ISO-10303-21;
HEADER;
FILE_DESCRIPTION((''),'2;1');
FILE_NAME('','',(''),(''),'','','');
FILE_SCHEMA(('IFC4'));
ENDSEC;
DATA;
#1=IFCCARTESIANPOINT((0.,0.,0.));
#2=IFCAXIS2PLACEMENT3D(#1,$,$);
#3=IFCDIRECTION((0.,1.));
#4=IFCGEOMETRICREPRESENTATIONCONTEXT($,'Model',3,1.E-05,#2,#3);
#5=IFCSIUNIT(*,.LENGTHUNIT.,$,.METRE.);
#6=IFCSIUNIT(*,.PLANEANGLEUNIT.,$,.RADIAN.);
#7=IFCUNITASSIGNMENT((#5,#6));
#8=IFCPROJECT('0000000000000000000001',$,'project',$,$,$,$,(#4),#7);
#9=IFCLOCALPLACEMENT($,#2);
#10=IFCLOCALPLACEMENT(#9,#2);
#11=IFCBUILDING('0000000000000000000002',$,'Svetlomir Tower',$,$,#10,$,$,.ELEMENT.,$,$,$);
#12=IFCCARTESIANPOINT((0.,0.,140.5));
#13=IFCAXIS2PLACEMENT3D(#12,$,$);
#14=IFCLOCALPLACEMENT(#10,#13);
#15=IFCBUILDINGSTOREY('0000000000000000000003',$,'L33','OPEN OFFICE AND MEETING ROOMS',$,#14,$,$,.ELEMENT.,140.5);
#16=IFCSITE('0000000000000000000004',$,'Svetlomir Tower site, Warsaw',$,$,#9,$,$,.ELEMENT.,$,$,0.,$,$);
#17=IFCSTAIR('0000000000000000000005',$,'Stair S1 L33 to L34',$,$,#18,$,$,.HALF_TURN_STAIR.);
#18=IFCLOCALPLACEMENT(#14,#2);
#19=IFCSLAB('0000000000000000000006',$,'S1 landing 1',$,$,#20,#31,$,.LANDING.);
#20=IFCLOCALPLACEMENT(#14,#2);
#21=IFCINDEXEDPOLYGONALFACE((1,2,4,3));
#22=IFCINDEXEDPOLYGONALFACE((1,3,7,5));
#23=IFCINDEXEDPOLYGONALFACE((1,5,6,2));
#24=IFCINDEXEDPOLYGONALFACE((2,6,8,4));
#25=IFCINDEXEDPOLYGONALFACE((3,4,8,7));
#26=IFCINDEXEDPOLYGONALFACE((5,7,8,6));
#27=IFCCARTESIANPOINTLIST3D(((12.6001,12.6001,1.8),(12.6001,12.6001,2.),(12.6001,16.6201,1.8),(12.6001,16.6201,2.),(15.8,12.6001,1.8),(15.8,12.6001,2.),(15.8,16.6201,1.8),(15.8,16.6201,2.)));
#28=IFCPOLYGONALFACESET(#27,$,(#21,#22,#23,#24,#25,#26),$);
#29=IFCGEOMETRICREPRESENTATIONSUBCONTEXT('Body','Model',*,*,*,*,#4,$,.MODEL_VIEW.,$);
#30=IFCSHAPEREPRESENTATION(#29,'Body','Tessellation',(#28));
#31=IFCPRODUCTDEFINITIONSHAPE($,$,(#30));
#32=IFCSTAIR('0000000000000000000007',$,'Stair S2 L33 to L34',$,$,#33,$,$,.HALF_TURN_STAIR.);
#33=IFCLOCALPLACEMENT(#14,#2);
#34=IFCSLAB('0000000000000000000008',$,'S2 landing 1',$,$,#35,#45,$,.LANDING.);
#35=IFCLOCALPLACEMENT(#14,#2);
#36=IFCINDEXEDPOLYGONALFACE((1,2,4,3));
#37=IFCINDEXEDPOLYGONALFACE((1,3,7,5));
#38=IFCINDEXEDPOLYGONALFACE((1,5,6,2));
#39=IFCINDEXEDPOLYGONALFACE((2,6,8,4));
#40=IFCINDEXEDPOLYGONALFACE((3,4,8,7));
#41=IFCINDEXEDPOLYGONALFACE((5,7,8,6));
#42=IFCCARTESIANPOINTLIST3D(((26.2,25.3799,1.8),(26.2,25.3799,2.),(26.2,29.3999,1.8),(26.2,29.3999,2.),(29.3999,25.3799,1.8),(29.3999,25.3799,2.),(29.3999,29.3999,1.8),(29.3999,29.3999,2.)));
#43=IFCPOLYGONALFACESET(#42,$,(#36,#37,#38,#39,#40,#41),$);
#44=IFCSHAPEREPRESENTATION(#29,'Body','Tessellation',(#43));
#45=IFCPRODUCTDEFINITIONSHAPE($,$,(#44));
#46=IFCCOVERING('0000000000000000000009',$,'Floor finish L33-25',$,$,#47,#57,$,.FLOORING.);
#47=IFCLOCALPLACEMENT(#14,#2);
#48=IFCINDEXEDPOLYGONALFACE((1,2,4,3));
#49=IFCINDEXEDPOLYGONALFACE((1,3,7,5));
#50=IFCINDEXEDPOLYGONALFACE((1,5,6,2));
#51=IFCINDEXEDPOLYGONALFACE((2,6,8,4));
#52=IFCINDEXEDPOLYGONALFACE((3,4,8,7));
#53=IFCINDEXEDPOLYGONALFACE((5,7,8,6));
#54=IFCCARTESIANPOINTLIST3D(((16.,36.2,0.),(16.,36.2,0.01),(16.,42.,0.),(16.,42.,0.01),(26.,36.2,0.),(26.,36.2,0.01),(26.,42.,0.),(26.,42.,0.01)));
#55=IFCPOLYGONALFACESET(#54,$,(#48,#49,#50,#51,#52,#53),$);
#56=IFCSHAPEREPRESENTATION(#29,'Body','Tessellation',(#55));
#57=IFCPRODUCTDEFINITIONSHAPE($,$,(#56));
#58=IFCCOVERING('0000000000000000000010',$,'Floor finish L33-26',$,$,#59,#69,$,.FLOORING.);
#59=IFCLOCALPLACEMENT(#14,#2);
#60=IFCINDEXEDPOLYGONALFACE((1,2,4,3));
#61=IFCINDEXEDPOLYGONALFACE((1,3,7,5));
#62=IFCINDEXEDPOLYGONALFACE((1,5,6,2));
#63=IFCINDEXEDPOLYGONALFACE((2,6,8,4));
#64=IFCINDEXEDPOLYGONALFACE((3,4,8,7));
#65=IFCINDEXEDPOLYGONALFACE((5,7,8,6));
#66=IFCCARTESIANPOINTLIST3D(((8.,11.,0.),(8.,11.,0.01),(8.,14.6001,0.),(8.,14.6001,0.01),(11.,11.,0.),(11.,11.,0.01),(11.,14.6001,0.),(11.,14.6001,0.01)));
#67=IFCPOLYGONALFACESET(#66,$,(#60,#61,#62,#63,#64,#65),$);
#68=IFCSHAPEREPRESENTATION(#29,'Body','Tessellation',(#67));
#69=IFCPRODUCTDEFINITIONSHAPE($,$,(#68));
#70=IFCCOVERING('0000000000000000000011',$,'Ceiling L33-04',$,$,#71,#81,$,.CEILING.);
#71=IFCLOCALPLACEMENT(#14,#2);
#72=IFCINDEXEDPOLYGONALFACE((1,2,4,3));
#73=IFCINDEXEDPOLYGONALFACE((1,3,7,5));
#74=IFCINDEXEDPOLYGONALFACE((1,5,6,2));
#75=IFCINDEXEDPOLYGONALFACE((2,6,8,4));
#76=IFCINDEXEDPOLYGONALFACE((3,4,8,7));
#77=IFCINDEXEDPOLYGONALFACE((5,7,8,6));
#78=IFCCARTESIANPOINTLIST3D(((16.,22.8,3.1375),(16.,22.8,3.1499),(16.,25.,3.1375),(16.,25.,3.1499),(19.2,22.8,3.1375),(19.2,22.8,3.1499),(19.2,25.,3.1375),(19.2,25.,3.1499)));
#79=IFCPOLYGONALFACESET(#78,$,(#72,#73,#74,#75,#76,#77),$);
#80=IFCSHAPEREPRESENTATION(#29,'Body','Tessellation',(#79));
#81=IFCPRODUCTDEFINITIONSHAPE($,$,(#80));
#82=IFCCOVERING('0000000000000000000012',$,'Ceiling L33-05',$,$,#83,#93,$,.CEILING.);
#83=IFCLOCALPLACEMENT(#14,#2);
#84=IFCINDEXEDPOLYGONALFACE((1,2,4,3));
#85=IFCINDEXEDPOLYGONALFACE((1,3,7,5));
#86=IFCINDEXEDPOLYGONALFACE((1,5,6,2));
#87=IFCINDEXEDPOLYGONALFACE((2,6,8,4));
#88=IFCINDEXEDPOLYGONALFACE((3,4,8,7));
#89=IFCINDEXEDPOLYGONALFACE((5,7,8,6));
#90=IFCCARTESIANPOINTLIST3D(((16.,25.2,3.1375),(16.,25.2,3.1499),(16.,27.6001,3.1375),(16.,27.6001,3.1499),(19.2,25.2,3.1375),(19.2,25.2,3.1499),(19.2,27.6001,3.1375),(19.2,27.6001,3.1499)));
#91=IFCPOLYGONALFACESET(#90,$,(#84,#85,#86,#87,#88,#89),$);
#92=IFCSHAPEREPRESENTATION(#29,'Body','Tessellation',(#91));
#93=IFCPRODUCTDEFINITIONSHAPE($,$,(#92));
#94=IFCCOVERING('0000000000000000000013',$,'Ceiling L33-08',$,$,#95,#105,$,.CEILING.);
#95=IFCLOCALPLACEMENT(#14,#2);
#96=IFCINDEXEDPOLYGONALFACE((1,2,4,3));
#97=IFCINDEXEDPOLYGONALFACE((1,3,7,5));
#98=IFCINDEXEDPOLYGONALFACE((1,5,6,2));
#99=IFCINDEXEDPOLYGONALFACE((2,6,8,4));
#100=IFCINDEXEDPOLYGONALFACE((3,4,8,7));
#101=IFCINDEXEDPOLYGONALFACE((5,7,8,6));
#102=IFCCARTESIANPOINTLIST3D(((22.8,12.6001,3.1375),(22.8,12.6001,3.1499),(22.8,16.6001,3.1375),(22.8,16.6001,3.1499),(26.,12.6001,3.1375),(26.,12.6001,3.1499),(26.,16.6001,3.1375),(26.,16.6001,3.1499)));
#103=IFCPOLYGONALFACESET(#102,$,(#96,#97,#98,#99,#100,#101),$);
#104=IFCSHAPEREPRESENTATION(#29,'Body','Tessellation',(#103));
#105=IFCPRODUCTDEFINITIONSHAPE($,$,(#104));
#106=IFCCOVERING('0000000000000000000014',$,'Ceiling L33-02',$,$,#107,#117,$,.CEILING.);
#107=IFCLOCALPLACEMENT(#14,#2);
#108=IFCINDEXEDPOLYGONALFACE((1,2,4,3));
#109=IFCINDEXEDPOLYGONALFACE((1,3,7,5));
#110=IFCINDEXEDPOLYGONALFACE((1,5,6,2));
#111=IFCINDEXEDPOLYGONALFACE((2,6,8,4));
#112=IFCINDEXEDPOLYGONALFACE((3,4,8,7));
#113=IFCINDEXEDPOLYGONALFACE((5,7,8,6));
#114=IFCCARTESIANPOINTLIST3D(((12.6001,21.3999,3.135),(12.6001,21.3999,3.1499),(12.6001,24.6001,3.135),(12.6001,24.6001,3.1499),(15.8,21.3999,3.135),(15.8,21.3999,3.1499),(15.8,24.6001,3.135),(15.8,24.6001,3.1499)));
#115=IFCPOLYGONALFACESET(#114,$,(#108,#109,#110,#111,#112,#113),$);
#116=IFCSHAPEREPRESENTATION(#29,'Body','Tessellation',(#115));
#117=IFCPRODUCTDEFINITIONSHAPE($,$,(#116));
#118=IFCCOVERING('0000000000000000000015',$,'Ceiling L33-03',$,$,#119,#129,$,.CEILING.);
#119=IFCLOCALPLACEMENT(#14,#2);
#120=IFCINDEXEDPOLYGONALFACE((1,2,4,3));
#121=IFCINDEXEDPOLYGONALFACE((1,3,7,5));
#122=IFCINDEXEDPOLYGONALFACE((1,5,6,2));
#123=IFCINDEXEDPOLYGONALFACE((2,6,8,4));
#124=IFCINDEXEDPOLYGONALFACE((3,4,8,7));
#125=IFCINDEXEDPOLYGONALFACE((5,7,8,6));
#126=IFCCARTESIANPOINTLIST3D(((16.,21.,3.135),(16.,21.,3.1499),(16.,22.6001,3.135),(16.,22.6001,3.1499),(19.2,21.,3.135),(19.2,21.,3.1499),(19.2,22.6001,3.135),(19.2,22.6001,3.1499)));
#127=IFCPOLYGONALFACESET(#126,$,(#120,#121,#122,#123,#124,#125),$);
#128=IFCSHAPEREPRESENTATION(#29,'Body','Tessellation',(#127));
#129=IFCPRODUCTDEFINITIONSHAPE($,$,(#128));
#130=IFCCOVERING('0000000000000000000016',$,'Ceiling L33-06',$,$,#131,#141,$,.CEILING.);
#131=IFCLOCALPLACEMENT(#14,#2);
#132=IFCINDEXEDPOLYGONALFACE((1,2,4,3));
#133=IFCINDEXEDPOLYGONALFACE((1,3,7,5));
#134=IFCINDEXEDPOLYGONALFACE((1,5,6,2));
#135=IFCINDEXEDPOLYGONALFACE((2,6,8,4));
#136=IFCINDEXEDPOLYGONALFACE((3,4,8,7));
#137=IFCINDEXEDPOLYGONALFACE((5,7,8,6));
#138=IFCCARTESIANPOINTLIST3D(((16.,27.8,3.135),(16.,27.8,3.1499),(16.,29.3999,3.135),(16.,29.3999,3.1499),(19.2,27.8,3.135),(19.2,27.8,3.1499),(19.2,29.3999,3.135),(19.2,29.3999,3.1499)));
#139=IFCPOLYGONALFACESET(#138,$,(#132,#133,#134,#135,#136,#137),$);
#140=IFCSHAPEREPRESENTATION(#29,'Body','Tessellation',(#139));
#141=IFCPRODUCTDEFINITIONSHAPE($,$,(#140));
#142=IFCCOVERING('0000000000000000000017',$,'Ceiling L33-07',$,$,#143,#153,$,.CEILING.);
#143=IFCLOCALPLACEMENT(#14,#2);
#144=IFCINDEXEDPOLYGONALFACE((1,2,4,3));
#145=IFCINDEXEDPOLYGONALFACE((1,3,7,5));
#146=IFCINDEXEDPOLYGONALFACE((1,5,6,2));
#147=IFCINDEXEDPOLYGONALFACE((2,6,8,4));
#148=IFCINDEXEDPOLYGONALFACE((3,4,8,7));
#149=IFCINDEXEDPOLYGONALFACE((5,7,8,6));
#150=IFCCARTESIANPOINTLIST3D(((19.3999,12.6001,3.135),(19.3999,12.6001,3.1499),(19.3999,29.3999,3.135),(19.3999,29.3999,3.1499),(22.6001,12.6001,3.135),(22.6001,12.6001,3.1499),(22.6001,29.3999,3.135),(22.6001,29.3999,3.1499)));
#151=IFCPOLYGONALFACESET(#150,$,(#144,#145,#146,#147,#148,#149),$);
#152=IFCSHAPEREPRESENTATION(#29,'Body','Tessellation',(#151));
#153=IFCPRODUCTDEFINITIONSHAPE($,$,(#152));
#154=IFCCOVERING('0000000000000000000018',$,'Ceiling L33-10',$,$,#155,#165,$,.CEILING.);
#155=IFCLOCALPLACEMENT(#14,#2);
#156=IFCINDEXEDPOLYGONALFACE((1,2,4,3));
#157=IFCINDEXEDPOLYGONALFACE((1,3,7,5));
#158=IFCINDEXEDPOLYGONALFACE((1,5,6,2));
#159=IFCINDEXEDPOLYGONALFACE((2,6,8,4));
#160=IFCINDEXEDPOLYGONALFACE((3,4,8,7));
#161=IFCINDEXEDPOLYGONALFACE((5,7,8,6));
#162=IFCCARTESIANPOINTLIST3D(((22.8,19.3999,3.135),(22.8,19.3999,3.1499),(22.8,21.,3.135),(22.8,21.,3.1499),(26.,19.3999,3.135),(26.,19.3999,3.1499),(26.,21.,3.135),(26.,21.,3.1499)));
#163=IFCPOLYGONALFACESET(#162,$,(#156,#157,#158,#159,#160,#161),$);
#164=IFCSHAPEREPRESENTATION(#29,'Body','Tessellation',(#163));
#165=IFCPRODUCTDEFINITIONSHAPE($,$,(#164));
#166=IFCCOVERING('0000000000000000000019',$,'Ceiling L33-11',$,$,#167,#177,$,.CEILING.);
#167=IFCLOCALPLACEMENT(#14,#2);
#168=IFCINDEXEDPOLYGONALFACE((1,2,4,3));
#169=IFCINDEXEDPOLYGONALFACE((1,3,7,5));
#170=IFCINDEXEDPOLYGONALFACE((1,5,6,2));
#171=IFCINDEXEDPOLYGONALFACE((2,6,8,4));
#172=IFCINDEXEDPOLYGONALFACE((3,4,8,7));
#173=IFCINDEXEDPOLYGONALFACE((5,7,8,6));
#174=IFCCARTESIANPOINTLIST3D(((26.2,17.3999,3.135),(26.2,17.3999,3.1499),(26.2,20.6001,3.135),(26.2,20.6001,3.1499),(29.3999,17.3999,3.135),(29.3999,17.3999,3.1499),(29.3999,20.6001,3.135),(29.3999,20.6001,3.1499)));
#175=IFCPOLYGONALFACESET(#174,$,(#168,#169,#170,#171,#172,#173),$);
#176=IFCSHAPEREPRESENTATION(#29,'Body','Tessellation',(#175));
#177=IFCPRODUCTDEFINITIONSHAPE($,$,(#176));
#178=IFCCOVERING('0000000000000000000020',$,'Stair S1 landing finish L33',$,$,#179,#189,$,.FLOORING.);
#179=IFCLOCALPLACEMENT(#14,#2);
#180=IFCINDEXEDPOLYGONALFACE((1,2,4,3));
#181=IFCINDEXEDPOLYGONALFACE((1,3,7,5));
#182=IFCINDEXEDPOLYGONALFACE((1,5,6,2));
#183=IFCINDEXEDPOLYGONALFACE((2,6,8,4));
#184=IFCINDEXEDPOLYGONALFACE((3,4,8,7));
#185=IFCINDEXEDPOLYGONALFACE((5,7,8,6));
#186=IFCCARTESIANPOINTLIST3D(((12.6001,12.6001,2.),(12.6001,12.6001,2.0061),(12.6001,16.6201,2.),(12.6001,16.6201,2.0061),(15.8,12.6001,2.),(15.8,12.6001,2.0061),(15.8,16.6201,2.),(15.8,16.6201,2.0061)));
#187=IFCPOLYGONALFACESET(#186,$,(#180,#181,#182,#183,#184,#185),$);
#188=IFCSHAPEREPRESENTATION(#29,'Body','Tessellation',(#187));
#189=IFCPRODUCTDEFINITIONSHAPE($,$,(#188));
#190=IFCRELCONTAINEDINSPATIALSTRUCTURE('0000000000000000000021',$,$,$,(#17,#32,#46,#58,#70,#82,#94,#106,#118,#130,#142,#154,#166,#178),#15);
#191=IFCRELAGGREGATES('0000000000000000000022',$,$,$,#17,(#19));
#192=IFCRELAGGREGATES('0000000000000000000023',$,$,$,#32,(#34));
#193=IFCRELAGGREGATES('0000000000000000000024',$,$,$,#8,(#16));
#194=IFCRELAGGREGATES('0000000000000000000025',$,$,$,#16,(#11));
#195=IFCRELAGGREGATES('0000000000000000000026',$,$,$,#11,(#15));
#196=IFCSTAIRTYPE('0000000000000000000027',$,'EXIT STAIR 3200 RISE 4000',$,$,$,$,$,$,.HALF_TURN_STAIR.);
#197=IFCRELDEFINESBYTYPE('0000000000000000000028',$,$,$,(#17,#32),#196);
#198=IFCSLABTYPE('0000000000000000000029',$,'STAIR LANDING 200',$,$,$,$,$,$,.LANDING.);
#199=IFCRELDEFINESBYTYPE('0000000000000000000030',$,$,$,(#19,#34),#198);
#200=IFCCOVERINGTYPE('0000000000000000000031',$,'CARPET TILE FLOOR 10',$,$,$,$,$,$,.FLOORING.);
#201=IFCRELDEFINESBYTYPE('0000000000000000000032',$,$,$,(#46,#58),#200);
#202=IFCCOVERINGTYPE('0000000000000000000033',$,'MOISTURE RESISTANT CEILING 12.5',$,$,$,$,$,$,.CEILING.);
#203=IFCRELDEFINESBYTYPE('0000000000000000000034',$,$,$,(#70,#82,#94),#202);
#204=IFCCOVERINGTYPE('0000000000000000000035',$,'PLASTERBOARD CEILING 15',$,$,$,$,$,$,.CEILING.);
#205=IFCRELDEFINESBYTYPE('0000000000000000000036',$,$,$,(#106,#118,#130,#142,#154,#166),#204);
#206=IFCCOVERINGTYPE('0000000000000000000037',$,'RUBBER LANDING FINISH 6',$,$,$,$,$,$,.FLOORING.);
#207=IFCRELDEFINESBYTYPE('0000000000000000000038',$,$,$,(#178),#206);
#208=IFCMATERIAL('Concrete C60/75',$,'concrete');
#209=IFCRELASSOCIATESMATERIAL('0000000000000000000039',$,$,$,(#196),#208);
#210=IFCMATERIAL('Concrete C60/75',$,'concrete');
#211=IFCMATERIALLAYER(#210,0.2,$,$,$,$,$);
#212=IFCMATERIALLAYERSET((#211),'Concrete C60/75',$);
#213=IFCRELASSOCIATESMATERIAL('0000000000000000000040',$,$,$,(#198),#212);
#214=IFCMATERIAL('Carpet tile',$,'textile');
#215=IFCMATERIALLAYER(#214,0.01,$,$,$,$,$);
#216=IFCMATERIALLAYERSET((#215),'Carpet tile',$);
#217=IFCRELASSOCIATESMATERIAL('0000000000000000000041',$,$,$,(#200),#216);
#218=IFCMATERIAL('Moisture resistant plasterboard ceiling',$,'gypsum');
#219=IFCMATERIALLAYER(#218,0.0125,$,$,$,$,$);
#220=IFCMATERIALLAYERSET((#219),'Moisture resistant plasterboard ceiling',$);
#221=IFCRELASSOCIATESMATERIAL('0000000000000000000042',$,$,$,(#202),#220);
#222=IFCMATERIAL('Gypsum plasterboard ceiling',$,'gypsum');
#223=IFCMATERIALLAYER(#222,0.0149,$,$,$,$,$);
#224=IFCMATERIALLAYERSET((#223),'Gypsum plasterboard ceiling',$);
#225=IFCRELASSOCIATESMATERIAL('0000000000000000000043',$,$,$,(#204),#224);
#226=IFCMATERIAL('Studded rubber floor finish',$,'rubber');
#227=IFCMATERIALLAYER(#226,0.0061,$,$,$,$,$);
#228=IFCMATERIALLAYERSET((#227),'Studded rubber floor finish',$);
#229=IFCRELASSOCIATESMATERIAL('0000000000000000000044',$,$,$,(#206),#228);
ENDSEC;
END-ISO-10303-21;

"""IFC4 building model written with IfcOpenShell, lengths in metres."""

from ifc_helpers import new_model, si_unit, direction, frame, origin, place, context, subcontext, project, spatial, polyline, outline, extrude, material, layer, layer_set, type_object, element, aggregate, save


model = new_model("IFC4")

# Units and contexts
model_context = context("Model", 3, precision=1e-05, world=origin(), true_north=direction((0.0, 1.0)))
body_context = subcontext(model_context, "Body", "Model", "MODEL_VIEW")
ifc_project = project(units=[si_unit("LENGTHUNIT", "METRE"), si_unit("PLANEANGLEUNIT", "RADIAN")], contexts=[model_context])

# Site, building, storey
site_placement = place(None, origin())
site = spatial("IfcSite", under=ifc_project, at=site_placement, Name="Svetlomir Tower site, Warsaw", CompositionType="ELEMENT", RefElevation=0.0)
building_placement = place(site_placement, origin())
building = spatial("IfcBuilding", under=site, at=building_placement, Name="Svetlomir Tower", CompositionType="ELEMENT")
storey_placement = place(building_placement, frame((0.0, 0.0, 140.5)))
storey = spatial("IfcBuildingStorey", under=building, at=storey_placement, Name="L33", Description="OPEN OFFICE AND MEETING ROOMS", CompositionType="ELEMENT", Elevation=140.5)

# Stairs, slabs
ifc_material_1 = material(Name="Concrete C60/75", Category="concrete")
stair_type = type_object("IfcStairType", Name="EXIT STAIR 3200 RISE 4000", PredefinedType="HALF_TURN_STAIR", material=ifc_material_1)
stair_1_placement = place(storey_placement, origin())
stair_1 = element("IfcStair", 1, at=stair_1_placement, inside=storey, type_object=stair_type, Name="Stair S1 L33 to L34", PredefinedType="HALF_TURN_STAIR")
ifc_material_2 = material(Name="Concrete C60/75", Category="concrete")
ifc_layer_1 = layer(ifc_material_2, 0.2)
ifc_layer_set_1 = layer_set([ifc_layer_1], Name="Concrete C60/75")
slab_type = type_object("IfcSlabType", Name="STAIR LANDING 200", PredefinedType="LANDING", material=ifc_layer_set_1)
slab_1_placement = place(storey_placement, frame((0.0, 0.0, 1.8)))
slab_1 = element("IfcSlab", 2, at=slab_1_placement, type_object=slab_type, Name="S1 landing 1", PredefinedType="LANDING", context=body_context, shape_type="SweptSolid", body=[
    extrude(outline(polyline([(12.6001, 12.6001), (15.8, 12.6001), (15.8, 16.6201), (12.6001, 16.6201), (12.6001, 12.6001)])), origin(), (0.0, 0.0, 1.0), 0.2),
])
aggregate(stair_1, [slab_1])
stair_2_placement = place(storey_placement, origin())
stair_2 = element("IfcStair", 3, at=stair_2_placement, inside=storey, type_object=stair_type, Name="Stair S2 L33 to L34", PredefinedType="HALF_TURN_STAIR")
slab_2_placement = place(storey_placement, frame((0.0, 0.0, 1.8)))
slab_2 = element("IfcSlab", 4, at=slab_2_placement, type_object=slab_type, Name="S2 landing 1", PredefinedType="LANDING", context=body_context, shape_type="SweptSolid", body=[
    extrude(outline(polyline([(26.2, 25.3799), (29.3999, 25.3799), (29.3999, 29.3999), (26.2, 29.3999), (26.2, 25.3799)])), origin(), (0.0, 0.0, 1.0), 0.2),
])
aggregate(stair_2, [slab_2])

# Coverings
ifc_material_3 = material(Name="Carpet tile", Category="textile")
ifc_layer_2 = layer(ifc_material_3, 0.01)
ifc_layer_set_2 = layer_set([ifc_layer_2], Name="Carpet tile")
covering_type_1 = type_object("IfcCoveringType", Name="CARPET TILE FLOOR 10", PredefinedType="FLOORING", material=ifc_layer_set_2)
covering_1_placement = place(storey_placement, origin())
element("IfcCovering", 5, at=covering_1_placement, inside=storey, type_object=covering_type_1, Name="Floor finish L33-25", PredefinedType="FLOORING", context=body_context, shape_type="SweptSolid", body=[
    extrude(outline(polyline([(16.0, 36.2), (26.0, 36.2), (26.0, 42.0), (16.0, 42.0), (16.0, 36.2)])), origin(), (0.0, 0.0, 1.0), 0.01),
])
covering_2_placement = place(storey_placement, origin())
element("IfcCovering", 6, at=covering_2_placement, inside=storey, type_object=covering_type_1, Name="Floor finish L33-26", PredefinedType="FLOORING", context=body_context, shape_type="SweptSolid", body=[
    extrude(outline(polyline([(8.0, 11.0), (11.0, 11.0), (11.0, 14.6001), (8.0, 14.6001), (8.0, 11.0)])), origin(), (0.0, 0.0, 1.0), 0.01),
])
ifc_material_4 = material(Name="Moisture resistant plasterboard ceiling", Category="gypsum")
ifc_layer_3 = layer(ifc_material_4, 0.0125)
ifc_layer_set_3 = layer_set([ifc_layer_3], Name="Moisture resistant plasterboard ceiling")
covering_type_2 = type_object("IfcCoveringType", Name="MOISTURE RESISTANT CEILING 12.5", PredefinedType="CEILING", material=ifc_layer_set_3)
covering_3_placement = place(storey_placement, frame((0.0, 0.0, 3.1375)))
element("IfcCovering", 7, at=covering_3_placement, inside=storey, type_object=covering_type_2, Name="Ceiling L33-04", PredefinedType="CEILING", context=body_context, shape_type="SweptSolid", body=[
    extrude(outline(polyline([(16.0, 22.8), (19.2, 22.8), (19.2, 25.0), (16.0, 25.0), (16.0, 22.8)])), origin(), (0.0, 0.0, 1.0), 0.0125),
])
covering_4_placement = place(storey_placement, frame((0.0, 0.0, 3.1375)))
element("IfcCovering", 8, at=covering_4_placement, inside=storey, type_object=covering_type_2, Name="Ceiling L33-05", PredefinedType="CEILING", context=body_context, shape_type="SweptSolid", body=[
    extrude(outline(polyline([(16.0, 25.2), (19.2, 25.2), (19.2, 27.6001), (16.0, 27.6001), (16.0, 25.2)])), origin(), (0.0, 0.0, 1.0), 0.0125),
])
covering_5_placement = place(storey_placement, frame((0.0, 0.0, 3.1375)))
element("IfcCovering", 9, at=covering_5_placement, inside=storey, type_object=covering_type_2, Name="Ceiling L33-08", PredefinedType="CEILING", context=body_context, shape_type="SweptSolid", body=[
    extrude(outline(polyline([(22.8, 12.6001), (26.0, 12.6001), (26.0, 16.6001), (22.8, 16.6001), (22.8, 12.6001)])), origin(), (0.0, 0.0, 1.0), 0.0125),
])
ifc_material_5 = material(Name="Gypsum plasterboard ceiling", Category="gypsum")
ifc_layer_4 = layer(ifc_material_5, 0.0149)
ifc_layer_set_4 = layer_set([ifc_layer_4], Name="Gypsum plasterboard ceiling")
covering_type_3 = type_object("IfcCoveringType", Name="PLASTERBOARD CEILING 15", PredefinedType="CEILING", material=ifc_layer_set_4)
covering_6_placement = place(storey_placement, frame((0.0, 0.0, 3.135)))
element("IfcCovering", 10, at=covering_6_placement, inside=storey, type_object=covering_type_3, Name="Ceiling L33-02", PredefinedType="CEILING", context=body_context, shape_type="SweptSolid", body=[
    extrude(outline(polyline([(12.6001, 21.3999), (15.8, 21.3999), (15.8, 24.6001), (12.6001, 24.6001), (12.6001, 21.3999)])), origin(), (0.0, 0.0, 1.0), 0.0149),
])
covering_7_placement = place(storey_placement, frame((0.0, 0.0, 3.135)))
element("IfcCovering", 11, at=covering_7_placement, inside=storey, type_object=covering_type_3, Name="Ceiling L33-03", PredefinedType="CEILING", context=body_context, shape_type="SweptSolid", body=[
    extrude(outline(polyline([(16.0, 21.0), (19.2, 21.0), (19.2, 22.6001), (16.0, 22.6001), (16.0, 21.0)])), origin(), (0.0, 0.0, 1.0), 0.0149),
])
covering_8_placement = place(storey_placement, frame((0.0, 0.0, 3.135)))
element("IfcCovering", 12, at=covering_8_placement, inside=storey, type_object=covering_type_3, Name="Ceiling L33-06", PredefinedType="CEILING", context=body_context, shape_type="SweptSolid", body=[
    extrude(outline(polyline([(16.0, 27.8), (19.2, 27.8), (19.2, 29.3999), (16.0, 29.3999), (16.0, 27.8)])), origin(), (0.0, 0.0, 1.0), 0.0149),
])
covering_9_placement = place(storey_placement, frame((0.0, 0.0, 3.135)))
element("IfcCovering", 13, at=covering_9_placement, inside=storey, type_object=covering_type_3, Name="Ceiling L33-07", PredefinedType="CEILING", context=body_context, shape_type="SweptSolid", body=[
    extrude(outline(polyline([(19.3999, 12.6001), (22.6001, 12.6001), (22.6001, 29.3999), (19.3999, 29.3999), (19.3999, 12.6001)])), origin(), (0.0, 0.0, 1.0), 0.0149),
])
covering_10_placement = place(storey_placement, frame((0.0, 0.0, 3.135)))
element("IfcCovering", 14, at=covering_10_placement, inside=storey, type_object=covering_type_3, Name="Ceiling L33-10", PredefinedType="CEILING", context=body_context, shape_type="SweptSolid", body=[
    extrude(outline(polyline([(22.8, 19.3999), (26.0, 19.3999), (26.0, 21.0), (22.8, 21.0), (22.8, 19.3999)])), origin(), (0.0, 0.0, 1.0), 0.0149),
])
covering_11_placement = place(storey_placement, frame((0.0, 0.0, 3.135)))
element("IfcCovering", 15, at=covering_11_placement, inside=storey, type_object=covering_type_3, Name="Ceiling L33-11", PredefinedType="CEILING", context=body_context, shape_type="SweptSolid", body=[
    extrude(outline(polyline([(26.2, 17.3999), (29.3999, 17.3999), (29.3999, 20.6001), (26.2, 20.6001), (26.2, 17.3999)])), origin(), (0.0, 0.0, 1.0), 0.0149),
])
ifc_material_6 = material(Name="Studded rubber floor finish", Category="rubber")
ifc_layer_5 = layer(ifc_material_6, 0.0061)
ifc_layer_set_5 = layer_set([ifc_layer_5], Name="Studded rubber floor finish")
covering_type_4 = type_object("IfcCoveringType", Name="RUBBER LANDING FINISH 6", PredefinedType="FLOORING", material=ifc_layer_set_5)
covering_12_placement = place(storey_placement, frame((0.0, 0.0, 2.0)))
element("IfcCovering", 16, at=covering_12_placement, inside=storey, type_object=covering_type_4, Name="Stair S1 landing finish L33", PredefinedType="FLOORING", context=body_context, shape_type="SweptSolid", body=[
    extrude(outline(polyline([(12.6001, 12.6001), (15.8, 12.6001), (15.8, 16.6201), (12.6001, 16.6201), (12.6001, 12.6001)])), origin(), (0.0, 0.0, 1.0), 0.0061),
])

save(model, "model.ifc")
